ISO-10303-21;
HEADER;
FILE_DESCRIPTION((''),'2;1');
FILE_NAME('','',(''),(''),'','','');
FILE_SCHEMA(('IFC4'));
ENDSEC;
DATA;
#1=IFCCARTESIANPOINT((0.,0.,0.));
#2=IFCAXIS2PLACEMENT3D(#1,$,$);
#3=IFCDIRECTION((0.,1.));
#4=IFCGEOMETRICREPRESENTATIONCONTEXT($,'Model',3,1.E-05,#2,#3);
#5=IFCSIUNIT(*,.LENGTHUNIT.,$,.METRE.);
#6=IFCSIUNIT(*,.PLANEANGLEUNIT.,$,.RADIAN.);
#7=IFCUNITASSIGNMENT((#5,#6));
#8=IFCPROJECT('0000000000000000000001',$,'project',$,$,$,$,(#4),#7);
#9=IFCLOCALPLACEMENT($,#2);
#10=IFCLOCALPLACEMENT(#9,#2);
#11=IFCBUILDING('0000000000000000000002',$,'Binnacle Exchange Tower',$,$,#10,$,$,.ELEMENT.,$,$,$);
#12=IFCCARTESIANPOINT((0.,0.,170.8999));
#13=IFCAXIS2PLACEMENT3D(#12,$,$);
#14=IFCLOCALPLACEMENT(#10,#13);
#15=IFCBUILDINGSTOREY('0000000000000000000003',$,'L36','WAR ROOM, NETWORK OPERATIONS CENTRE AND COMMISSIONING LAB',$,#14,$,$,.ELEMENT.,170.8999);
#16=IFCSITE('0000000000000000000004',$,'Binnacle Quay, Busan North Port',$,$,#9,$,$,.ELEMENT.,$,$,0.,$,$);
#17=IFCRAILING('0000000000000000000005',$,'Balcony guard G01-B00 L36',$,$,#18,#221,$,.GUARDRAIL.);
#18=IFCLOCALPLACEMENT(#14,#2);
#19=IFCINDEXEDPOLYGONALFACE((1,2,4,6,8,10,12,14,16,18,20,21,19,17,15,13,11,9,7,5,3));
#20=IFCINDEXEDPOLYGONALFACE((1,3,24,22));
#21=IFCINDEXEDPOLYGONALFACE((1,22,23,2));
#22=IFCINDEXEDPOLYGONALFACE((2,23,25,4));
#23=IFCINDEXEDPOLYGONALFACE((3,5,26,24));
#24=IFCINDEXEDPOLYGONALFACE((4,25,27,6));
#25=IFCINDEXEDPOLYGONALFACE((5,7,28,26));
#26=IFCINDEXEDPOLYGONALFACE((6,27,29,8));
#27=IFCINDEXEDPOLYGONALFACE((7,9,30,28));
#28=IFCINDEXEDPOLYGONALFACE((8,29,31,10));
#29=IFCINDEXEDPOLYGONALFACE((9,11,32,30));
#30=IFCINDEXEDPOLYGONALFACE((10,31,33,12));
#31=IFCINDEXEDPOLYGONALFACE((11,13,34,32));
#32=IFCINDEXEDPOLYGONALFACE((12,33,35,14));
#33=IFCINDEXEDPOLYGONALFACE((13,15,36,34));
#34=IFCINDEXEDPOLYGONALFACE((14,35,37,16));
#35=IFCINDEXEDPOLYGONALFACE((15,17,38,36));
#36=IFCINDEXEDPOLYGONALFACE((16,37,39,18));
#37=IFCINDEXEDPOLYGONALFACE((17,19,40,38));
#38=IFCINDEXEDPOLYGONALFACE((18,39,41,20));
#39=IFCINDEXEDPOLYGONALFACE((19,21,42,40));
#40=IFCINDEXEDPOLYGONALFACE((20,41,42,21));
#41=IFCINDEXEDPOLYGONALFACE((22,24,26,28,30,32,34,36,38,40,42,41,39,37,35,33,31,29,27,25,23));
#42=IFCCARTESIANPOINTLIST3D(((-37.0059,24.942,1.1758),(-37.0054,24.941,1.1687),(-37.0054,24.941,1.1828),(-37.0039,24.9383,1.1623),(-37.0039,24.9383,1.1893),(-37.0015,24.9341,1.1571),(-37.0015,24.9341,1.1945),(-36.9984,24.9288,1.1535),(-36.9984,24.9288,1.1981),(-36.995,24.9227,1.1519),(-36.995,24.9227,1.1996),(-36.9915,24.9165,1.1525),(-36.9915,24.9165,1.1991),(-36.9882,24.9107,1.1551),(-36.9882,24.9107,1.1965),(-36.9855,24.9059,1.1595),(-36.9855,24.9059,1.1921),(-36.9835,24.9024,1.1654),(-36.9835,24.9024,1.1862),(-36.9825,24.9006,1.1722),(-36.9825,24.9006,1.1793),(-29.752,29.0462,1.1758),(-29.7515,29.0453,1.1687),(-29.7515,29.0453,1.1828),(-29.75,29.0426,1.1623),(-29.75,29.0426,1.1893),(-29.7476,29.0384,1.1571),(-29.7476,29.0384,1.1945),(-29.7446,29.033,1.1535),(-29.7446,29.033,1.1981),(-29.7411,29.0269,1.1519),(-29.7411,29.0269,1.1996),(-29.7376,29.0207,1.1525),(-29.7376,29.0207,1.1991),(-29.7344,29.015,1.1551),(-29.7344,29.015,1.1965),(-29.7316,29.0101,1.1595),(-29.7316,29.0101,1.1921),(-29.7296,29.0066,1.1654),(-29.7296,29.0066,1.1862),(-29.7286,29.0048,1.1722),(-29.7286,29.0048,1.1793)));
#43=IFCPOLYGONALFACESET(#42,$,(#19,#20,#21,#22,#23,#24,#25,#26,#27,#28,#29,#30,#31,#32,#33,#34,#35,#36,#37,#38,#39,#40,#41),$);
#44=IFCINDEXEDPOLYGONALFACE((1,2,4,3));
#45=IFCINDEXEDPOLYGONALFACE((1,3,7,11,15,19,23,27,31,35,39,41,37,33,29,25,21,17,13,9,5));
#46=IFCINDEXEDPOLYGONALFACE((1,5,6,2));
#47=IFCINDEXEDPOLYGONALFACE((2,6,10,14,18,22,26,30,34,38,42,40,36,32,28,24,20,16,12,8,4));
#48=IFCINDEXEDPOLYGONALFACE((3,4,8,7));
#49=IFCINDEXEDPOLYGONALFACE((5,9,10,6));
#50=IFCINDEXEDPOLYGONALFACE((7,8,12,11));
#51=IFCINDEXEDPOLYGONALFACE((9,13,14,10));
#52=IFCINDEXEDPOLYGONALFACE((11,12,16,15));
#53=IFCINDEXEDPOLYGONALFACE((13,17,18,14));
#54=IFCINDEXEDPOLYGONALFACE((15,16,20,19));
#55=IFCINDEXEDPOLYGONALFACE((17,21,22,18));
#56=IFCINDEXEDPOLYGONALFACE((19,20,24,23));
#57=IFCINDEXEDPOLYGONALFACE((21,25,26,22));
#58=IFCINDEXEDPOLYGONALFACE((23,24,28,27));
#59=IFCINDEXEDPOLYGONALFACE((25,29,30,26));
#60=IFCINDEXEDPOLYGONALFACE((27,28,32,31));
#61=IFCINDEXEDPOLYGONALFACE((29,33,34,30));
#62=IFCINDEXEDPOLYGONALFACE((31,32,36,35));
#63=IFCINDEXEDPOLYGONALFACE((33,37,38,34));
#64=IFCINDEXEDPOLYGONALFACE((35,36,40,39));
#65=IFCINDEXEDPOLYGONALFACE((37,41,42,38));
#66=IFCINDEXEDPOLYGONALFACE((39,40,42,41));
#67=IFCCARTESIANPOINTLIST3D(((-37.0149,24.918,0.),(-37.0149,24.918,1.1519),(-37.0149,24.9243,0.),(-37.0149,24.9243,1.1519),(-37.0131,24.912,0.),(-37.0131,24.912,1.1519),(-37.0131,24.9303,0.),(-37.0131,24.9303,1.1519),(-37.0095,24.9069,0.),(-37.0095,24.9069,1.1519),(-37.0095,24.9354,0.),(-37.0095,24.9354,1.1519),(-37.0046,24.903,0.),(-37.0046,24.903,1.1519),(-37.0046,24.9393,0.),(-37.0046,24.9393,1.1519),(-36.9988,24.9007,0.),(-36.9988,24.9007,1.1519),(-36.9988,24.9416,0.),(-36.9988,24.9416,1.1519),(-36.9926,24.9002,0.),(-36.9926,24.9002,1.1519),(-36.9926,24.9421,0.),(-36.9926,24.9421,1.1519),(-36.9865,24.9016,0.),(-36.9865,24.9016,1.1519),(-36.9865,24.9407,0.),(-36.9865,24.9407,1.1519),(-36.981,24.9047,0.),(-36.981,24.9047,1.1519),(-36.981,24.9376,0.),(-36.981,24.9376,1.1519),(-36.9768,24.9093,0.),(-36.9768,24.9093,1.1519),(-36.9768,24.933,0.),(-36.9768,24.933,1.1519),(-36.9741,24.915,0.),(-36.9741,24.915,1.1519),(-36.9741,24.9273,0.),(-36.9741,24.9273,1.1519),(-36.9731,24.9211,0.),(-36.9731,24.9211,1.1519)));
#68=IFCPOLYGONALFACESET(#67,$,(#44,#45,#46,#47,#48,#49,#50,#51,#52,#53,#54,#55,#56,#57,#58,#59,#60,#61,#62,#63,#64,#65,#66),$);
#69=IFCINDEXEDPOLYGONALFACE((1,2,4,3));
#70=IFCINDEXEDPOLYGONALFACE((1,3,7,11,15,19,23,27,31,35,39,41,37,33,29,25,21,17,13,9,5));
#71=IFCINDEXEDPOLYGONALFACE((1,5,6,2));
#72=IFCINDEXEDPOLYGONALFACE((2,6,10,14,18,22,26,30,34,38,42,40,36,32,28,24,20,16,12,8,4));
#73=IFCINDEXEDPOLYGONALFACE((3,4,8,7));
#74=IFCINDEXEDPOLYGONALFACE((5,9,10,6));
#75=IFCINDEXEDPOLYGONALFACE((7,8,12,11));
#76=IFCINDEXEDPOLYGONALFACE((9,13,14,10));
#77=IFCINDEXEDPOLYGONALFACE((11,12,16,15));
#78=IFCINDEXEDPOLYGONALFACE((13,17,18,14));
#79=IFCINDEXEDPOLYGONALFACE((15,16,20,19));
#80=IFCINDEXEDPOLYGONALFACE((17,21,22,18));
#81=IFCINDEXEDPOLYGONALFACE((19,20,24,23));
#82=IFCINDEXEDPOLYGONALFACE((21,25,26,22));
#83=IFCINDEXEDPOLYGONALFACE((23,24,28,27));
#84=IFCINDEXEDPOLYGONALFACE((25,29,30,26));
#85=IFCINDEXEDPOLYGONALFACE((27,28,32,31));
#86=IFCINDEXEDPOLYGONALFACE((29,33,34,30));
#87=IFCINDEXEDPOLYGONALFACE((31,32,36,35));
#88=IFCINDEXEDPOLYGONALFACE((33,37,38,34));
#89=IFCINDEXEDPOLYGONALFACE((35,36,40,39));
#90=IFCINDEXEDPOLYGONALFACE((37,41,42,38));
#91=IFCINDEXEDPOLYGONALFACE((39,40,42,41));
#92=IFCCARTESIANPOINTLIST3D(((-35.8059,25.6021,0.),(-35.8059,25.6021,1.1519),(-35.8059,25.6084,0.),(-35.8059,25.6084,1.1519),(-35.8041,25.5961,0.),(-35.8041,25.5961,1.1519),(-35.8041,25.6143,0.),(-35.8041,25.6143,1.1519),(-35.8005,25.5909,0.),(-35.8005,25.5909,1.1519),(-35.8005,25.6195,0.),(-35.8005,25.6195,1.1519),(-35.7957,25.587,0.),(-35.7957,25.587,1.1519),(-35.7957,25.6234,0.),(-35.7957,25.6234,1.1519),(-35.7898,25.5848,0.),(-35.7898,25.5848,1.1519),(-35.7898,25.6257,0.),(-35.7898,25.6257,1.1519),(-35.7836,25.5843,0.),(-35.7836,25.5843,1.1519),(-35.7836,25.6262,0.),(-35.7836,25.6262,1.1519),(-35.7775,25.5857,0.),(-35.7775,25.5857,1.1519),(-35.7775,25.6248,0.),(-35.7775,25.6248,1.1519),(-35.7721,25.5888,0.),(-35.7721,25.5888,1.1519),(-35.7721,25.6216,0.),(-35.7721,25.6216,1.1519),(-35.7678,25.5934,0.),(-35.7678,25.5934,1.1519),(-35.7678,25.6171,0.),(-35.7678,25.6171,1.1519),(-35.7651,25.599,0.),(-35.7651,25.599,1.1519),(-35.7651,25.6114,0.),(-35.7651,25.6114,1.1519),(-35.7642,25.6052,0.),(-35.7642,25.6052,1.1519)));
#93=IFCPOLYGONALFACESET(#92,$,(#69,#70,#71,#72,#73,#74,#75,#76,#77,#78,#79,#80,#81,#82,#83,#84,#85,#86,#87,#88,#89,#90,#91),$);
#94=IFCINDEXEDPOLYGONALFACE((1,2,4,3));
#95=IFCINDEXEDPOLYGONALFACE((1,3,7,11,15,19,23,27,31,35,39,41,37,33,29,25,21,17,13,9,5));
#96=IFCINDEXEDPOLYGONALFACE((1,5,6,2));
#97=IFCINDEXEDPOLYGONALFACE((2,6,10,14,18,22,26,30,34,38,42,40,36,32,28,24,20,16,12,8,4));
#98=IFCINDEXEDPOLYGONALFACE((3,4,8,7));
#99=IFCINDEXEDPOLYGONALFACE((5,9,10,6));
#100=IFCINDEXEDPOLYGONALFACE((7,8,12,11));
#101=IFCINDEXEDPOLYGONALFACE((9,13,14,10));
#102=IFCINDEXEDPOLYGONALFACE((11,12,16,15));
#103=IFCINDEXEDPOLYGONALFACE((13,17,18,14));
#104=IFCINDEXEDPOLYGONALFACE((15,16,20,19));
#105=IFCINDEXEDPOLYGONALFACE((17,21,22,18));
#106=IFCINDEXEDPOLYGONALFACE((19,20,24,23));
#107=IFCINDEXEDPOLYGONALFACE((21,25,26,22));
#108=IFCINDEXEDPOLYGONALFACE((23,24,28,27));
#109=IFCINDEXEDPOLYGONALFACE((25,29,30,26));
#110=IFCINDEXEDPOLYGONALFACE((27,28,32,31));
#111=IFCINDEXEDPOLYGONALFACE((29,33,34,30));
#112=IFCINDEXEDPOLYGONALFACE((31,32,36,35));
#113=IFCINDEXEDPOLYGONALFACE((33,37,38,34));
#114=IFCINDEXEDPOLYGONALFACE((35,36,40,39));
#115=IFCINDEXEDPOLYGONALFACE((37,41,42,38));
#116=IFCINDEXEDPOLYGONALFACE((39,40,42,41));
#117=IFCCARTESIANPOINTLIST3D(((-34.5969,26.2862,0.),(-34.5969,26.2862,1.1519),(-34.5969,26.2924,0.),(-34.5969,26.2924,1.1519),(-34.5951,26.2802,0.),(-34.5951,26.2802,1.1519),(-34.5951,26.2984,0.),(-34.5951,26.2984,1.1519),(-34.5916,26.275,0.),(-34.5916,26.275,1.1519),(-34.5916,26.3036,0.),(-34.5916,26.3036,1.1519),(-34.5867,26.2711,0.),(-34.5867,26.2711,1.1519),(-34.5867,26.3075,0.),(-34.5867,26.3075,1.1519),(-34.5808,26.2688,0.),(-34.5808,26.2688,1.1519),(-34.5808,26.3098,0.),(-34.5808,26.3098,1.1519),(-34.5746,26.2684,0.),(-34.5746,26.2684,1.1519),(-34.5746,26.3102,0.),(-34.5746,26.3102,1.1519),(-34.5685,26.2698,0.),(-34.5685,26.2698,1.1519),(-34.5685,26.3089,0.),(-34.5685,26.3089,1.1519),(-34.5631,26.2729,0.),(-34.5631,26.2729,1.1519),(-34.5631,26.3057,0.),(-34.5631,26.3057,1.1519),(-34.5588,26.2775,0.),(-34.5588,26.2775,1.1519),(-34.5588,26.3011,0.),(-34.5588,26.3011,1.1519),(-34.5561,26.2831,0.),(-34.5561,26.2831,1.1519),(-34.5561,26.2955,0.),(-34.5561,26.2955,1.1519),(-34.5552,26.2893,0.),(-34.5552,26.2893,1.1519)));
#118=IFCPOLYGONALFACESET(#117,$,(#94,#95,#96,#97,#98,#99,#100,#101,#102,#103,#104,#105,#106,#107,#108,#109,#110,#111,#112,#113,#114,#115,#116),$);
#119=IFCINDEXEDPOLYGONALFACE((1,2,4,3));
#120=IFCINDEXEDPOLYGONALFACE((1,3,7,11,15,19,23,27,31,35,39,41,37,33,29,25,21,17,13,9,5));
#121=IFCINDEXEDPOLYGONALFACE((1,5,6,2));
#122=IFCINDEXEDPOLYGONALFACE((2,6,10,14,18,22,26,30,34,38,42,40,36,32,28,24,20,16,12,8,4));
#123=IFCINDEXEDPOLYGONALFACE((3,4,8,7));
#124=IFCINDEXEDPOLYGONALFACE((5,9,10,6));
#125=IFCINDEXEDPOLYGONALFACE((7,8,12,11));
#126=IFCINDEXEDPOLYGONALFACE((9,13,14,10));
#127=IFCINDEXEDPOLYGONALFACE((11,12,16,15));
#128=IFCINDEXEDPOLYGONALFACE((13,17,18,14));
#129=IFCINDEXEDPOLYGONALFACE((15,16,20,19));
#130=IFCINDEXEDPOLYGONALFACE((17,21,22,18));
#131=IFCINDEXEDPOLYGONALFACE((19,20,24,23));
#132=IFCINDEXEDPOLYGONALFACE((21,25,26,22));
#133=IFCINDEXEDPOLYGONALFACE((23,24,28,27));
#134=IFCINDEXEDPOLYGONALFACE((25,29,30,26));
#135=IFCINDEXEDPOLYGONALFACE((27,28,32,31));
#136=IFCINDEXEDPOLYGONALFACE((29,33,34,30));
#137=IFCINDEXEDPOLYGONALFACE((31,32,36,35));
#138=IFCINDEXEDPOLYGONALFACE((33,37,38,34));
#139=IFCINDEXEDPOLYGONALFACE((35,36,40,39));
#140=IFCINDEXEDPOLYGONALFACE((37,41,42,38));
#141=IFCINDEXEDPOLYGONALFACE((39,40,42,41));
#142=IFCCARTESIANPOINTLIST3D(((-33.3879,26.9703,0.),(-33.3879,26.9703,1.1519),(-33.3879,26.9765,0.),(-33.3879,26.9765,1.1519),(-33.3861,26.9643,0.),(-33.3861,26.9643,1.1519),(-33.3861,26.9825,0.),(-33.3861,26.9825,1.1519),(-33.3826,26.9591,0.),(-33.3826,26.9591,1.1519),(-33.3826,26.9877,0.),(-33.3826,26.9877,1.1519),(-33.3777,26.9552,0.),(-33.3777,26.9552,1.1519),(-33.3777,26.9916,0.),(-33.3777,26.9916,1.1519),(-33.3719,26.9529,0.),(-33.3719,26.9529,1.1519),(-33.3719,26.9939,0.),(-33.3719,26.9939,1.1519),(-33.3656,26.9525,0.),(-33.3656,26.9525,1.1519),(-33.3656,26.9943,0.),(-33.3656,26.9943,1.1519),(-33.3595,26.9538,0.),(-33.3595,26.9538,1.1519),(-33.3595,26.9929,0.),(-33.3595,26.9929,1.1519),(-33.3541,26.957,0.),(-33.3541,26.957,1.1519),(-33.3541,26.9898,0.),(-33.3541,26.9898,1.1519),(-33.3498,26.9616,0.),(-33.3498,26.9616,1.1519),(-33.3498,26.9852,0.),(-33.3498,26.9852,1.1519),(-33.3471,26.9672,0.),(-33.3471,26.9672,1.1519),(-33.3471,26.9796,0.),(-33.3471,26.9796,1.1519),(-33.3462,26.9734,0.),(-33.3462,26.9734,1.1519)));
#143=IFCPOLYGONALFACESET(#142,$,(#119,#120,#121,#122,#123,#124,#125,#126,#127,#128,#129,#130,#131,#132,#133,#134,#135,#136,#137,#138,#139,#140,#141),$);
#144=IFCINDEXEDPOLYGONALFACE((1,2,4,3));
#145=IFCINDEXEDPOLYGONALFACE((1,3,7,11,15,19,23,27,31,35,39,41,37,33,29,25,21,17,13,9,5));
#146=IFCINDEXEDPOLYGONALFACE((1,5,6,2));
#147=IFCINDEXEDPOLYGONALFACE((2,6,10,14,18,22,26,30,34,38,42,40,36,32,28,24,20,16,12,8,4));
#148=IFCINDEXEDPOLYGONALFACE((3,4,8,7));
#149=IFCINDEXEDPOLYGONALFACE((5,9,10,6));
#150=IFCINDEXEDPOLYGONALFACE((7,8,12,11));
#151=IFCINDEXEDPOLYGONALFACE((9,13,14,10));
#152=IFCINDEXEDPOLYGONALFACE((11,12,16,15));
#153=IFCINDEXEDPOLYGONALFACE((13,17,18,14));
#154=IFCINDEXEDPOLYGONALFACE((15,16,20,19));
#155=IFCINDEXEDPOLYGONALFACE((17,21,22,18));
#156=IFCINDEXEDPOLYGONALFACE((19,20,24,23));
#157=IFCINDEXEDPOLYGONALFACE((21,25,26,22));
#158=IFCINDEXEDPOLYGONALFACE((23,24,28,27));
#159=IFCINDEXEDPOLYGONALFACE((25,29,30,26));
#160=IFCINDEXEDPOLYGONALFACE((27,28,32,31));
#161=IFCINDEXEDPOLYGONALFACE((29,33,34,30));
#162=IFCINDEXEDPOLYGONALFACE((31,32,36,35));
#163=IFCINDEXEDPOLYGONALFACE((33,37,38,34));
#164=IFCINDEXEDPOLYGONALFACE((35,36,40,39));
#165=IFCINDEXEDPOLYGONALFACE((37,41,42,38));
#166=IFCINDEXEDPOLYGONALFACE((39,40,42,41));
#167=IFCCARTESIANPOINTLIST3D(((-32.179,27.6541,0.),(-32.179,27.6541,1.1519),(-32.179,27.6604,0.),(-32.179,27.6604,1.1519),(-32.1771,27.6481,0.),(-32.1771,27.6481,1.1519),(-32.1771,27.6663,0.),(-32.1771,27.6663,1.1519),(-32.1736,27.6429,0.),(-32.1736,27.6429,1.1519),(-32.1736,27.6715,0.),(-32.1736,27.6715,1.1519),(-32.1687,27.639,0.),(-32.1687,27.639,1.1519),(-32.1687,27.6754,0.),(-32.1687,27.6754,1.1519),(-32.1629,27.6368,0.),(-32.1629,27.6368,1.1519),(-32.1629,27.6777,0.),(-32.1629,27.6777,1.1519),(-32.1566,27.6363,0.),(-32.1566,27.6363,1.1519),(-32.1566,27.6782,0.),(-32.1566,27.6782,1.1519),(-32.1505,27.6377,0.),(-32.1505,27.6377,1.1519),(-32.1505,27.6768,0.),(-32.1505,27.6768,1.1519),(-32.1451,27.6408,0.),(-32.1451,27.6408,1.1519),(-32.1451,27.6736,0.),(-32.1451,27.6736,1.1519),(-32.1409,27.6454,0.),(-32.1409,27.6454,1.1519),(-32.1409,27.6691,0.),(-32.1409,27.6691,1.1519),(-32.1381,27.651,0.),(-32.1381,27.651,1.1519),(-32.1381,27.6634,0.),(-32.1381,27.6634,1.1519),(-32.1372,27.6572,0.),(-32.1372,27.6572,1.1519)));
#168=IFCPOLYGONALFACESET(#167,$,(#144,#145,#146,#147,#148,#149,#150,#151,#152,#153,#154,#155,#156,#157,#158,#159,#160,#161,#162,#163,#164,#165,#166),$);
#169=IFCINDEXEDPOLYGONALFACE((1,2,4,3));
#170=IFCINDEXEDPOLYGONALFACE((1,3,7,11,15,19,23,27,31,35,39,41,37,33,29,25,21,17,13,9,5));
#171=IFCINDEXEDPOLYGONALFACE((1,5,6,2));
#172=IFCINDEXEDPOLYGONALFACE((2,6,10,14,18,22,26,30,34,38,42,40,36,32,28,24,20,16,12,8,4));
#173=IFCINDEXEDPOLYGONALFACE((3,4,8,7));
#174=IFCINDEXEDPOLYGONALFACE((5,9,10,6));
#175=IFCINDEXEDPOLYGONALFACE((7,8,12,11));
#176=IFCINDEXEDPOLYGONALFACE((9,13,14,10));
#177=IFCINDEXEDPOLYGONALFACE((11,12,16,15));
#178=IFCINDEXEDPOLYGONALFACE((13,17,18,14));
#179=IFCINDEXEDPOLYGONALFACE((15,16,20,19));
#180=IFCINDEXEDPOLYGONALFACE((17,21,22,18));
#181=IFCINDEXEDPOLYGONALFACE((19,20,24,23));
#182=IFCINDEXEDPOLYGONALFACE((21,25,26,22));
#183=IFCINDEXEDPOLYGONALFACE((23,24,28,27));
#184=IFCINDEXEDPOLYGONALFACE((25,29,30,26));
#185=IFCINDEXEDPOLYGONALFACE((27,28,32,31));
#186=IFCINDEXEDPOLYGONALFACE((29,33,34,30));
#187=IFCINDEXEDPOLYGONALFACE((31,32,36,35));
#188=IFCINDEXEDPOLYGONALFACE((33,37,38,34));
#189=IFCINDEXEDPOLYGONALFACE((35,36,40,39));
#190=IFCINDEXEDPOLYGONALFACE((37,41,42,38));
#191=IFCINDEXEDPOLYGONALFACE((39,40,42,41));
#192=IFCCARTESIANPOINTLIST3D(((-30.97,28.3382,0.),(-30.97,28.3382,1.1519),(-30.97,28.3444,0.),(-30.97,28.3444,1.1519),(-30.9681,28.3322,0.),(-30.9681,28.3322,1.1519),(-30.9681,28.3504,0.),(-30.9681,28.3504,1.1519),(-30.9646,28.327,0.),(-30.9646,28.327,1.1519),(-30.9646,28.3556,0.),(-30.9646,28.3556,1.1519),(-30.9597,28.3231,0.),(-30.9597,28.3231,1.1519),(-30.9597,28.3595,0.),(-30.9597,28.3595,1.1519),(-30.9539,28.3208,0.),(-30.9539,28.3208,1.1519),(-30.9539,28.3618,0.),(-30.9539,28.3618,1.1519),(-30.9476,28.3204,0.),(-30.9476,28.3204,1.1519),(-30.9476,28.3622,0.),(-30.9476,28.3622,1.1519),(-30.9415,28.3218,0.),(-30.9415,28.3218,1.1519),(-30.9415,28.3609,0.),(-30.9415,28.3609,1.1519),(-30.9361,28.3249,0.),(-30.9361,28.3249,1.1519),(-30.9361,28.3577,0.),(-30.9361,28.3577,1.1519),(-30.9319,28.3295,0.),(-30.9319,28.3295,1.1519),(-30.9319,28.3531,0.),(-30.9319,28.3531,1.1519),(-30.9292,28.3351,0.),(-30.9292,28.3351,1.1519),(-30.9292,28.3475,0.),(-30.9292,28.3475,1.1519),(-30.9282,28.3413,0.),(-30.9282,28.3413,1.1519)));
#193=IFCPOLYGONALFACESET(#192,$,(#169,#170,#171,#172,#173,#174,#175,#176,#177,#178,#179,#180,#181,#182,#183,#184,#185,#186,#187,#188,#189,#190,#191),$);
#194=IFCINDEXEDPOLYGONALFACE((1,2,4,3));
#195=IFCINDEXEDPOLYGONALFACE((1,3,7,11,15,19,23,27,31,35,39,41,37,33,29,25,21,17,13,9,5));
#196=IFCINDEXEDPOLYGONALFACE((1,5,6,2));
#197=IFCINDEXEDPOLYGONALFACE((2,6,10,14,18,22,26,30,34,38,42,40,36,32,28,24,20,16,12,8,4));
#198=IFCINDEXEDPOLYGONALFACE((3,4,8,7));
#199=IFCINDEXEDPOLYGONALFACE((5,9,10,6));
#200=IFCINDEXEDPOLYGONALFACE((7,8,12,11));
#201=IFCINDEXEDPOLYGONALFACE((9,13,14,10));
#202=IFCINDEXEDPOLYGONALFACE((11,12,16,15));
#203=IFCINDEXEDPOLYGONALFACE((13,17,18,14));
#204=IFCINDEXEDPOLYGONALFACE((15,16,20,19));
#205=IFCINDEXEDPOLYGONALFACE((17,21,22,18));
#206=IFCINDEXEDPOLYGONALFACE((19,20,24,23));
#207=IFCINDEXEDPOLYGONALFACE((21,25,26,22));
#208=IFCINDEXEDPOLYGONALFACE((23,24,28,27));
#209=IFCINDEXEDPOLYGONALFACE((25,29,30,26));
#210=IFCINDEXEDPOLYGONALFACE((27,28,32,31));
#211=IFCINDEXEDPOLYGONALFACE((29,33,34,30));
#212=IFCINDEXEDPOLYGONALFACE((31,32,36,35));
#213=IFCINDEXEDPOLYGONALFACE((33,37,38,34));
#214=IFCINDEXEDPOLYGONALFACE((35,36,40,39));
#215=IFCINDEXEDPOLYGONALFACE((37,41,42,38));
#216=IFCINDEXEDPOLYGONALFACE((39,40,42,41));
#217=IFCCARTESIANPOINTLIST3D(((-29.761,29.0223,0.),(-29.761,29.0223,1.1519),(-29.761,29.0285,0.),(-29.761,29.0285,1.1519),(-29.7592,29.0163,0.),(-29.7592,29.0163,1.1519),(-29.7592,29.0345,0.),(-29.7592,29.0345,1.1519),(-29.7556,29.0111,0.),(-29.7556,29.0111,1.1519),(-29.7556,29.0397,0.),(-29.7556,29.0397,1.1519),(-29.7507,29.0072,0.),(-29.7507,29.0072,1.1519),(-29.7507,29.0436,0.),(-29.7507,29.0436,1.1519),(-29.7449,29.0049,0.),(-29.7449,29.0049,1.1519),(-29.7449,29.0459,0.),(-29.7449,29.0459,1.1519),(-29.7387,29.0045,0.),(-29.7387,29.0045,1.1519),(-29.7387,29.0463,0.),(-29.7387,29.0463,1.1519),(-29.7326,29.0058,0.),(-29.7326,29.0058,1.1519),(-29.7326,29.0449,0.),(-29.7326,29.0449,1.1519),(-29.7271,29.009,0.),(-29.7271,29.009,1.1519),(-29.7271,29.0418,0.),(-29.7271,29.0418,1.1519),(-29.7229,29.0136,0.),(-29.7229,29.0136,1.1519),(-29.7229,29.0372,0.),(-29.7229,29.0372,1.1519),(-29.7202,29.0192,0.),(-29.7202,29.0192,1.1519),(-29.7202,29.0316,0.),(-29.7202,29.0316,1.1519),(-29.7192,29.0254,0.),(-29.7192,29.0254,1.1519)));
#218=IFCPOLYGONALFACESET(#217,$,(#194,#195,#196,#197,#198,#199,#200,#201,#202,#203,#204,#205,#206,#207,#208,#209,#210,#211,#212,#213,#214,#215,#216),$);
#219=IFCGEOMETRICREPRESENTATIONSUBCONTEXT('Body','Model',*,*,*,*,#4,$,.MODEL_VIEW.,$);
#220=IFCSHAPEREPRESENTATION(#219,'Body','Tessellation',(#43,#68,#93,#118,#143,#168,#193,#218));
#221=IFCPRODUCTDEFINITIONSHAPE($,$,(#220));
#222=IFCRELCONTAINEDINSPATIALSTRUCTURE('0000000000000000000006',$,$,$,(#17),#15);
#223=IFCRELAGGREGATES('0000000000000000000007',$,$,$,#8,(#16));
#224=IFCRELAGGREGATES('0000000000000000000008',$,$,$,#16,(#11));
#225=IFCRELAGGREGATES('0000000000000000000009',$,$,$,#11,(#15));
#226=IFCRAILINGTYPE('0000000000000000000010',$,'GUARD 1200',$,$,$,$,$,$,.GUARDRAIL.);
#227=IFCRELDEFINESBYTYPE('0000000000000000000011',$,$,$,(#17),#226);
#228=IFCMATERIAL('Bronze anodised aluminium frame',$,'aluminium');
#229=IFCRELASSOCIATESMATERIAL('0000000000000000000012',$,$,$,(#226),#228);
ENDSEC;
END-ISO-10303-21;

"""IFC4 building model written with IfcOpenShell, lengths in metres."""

from ifc_helpers import new_model, si_unit, direction, frame, origin, origin_2d, place, context, subcontext, project, spatial, circle, extrude, material, type_object, element, save


model = new_model("IFC4")

# Units and contexts
model_context = context("Model", 3, precision=1e-05, world=origin(), true_north=direction((0.0, 1.0)))
body_context = subcontext(model_context, "Body", "Model", "MODEL_VIEW")
ifc_project = project(units=[si_unit("LENGTHUNIT", "METRE"), si_unit("PLANEANGLEUNIT", "RADIAN")], contexts=[model_context])

# Site, building, storey
site_placement = place(None, origin())
site = spatial("IfcSite", under=ifc_project, at=site_placement, Name="Binnacle Quay, Busan North Port", CompositionType="ELEMENT", RefElevation=0.0)
building_placement = place(site_placement, origin())
building = spatial("IfcBuilding", under=site, at=building_placement, Name="Binnacle Exchange Tower", CompositionType="ELEMENT")
storey_placement = place(building_placement, frame((0.0, 0.0, 170.8999)))
storey = spatial("IfcBuildingStorey", under=building, at=storey_placement, Name="L36", Description="WAR ROOM, NETWORK OPERATIONS CENTRE AND COMMISSIONING LAB", CompositionType="ELEMENT", Elevation=170.8999)

# Railing
ifc_material_1 = material(Name="Bronze anodised aluminium frame", Category="aluminium")
railing_type = type_object("IfcRailingType", Name="GUARD 1200", PredefinedType="GUARDRAIL", material=ifc_material_1)
railing_placement = place(storey_placement, frame((-36.9941, 24.9211, 0.0)))
element("IfcRailing", 1, at=railing_placement, inside=storey, type_object=railing_type, Name="Balcony guard G01-B00 L36", PredefinedType="GUARDRAIL", context=body_context, shape_type="SweptSolid", body=[
    extrude(circle(Radius=0.0239, at=origin_2d()), frame((0.0, 0.0, 1.1758), z_axis=(0.870346, 0.49244, 0.0), x_axis=(-0.49244, 0.870346, 0.0)), (0.0, 0.0, 1.0), 8.3345),
    extrude(circle(Radius=0.021, at=origin_2d()), origin(), (0.0, 0.0, 1.0), 1.1519),
    extrude(circle(Radius=0.021, at=origin_2d()), frame((1.209, 0.6841, 0.0)), (0.0, 0.0, 1.0), 1.1519),
    extrude(circle(Radius=0.021, at=origin_2d()), frame((2.418, 1.3682, 0.0)), (0.0, 0.0, 1.0), 1.1519),
    extrude(circle(Radius=0.021, at=origin_2d()), frame((3.627, 2.0522, 0.0)), (0.0, 0.0, 1.0), 1.1519),
    extrude(circle(Radius=0.021, at=origin_2d()), frame((4.8359, 2.7361, 0.0)), (0.0, 0.0, 1.0), 1.1519),
    extrude(circle(Radius=0.021, at=origin_2d()), frame((6.0449, 3.4202, 0.0)), (0.0, 0.0, 1.0), 1.1519),
    extrude(circle(Radius=0.021, at=origin_2d()), frame((7.2539, 4.1042, 0.0)), (0.0, 0.0, 1.0), 1.1519),
])

save(model, "model.ifc")
